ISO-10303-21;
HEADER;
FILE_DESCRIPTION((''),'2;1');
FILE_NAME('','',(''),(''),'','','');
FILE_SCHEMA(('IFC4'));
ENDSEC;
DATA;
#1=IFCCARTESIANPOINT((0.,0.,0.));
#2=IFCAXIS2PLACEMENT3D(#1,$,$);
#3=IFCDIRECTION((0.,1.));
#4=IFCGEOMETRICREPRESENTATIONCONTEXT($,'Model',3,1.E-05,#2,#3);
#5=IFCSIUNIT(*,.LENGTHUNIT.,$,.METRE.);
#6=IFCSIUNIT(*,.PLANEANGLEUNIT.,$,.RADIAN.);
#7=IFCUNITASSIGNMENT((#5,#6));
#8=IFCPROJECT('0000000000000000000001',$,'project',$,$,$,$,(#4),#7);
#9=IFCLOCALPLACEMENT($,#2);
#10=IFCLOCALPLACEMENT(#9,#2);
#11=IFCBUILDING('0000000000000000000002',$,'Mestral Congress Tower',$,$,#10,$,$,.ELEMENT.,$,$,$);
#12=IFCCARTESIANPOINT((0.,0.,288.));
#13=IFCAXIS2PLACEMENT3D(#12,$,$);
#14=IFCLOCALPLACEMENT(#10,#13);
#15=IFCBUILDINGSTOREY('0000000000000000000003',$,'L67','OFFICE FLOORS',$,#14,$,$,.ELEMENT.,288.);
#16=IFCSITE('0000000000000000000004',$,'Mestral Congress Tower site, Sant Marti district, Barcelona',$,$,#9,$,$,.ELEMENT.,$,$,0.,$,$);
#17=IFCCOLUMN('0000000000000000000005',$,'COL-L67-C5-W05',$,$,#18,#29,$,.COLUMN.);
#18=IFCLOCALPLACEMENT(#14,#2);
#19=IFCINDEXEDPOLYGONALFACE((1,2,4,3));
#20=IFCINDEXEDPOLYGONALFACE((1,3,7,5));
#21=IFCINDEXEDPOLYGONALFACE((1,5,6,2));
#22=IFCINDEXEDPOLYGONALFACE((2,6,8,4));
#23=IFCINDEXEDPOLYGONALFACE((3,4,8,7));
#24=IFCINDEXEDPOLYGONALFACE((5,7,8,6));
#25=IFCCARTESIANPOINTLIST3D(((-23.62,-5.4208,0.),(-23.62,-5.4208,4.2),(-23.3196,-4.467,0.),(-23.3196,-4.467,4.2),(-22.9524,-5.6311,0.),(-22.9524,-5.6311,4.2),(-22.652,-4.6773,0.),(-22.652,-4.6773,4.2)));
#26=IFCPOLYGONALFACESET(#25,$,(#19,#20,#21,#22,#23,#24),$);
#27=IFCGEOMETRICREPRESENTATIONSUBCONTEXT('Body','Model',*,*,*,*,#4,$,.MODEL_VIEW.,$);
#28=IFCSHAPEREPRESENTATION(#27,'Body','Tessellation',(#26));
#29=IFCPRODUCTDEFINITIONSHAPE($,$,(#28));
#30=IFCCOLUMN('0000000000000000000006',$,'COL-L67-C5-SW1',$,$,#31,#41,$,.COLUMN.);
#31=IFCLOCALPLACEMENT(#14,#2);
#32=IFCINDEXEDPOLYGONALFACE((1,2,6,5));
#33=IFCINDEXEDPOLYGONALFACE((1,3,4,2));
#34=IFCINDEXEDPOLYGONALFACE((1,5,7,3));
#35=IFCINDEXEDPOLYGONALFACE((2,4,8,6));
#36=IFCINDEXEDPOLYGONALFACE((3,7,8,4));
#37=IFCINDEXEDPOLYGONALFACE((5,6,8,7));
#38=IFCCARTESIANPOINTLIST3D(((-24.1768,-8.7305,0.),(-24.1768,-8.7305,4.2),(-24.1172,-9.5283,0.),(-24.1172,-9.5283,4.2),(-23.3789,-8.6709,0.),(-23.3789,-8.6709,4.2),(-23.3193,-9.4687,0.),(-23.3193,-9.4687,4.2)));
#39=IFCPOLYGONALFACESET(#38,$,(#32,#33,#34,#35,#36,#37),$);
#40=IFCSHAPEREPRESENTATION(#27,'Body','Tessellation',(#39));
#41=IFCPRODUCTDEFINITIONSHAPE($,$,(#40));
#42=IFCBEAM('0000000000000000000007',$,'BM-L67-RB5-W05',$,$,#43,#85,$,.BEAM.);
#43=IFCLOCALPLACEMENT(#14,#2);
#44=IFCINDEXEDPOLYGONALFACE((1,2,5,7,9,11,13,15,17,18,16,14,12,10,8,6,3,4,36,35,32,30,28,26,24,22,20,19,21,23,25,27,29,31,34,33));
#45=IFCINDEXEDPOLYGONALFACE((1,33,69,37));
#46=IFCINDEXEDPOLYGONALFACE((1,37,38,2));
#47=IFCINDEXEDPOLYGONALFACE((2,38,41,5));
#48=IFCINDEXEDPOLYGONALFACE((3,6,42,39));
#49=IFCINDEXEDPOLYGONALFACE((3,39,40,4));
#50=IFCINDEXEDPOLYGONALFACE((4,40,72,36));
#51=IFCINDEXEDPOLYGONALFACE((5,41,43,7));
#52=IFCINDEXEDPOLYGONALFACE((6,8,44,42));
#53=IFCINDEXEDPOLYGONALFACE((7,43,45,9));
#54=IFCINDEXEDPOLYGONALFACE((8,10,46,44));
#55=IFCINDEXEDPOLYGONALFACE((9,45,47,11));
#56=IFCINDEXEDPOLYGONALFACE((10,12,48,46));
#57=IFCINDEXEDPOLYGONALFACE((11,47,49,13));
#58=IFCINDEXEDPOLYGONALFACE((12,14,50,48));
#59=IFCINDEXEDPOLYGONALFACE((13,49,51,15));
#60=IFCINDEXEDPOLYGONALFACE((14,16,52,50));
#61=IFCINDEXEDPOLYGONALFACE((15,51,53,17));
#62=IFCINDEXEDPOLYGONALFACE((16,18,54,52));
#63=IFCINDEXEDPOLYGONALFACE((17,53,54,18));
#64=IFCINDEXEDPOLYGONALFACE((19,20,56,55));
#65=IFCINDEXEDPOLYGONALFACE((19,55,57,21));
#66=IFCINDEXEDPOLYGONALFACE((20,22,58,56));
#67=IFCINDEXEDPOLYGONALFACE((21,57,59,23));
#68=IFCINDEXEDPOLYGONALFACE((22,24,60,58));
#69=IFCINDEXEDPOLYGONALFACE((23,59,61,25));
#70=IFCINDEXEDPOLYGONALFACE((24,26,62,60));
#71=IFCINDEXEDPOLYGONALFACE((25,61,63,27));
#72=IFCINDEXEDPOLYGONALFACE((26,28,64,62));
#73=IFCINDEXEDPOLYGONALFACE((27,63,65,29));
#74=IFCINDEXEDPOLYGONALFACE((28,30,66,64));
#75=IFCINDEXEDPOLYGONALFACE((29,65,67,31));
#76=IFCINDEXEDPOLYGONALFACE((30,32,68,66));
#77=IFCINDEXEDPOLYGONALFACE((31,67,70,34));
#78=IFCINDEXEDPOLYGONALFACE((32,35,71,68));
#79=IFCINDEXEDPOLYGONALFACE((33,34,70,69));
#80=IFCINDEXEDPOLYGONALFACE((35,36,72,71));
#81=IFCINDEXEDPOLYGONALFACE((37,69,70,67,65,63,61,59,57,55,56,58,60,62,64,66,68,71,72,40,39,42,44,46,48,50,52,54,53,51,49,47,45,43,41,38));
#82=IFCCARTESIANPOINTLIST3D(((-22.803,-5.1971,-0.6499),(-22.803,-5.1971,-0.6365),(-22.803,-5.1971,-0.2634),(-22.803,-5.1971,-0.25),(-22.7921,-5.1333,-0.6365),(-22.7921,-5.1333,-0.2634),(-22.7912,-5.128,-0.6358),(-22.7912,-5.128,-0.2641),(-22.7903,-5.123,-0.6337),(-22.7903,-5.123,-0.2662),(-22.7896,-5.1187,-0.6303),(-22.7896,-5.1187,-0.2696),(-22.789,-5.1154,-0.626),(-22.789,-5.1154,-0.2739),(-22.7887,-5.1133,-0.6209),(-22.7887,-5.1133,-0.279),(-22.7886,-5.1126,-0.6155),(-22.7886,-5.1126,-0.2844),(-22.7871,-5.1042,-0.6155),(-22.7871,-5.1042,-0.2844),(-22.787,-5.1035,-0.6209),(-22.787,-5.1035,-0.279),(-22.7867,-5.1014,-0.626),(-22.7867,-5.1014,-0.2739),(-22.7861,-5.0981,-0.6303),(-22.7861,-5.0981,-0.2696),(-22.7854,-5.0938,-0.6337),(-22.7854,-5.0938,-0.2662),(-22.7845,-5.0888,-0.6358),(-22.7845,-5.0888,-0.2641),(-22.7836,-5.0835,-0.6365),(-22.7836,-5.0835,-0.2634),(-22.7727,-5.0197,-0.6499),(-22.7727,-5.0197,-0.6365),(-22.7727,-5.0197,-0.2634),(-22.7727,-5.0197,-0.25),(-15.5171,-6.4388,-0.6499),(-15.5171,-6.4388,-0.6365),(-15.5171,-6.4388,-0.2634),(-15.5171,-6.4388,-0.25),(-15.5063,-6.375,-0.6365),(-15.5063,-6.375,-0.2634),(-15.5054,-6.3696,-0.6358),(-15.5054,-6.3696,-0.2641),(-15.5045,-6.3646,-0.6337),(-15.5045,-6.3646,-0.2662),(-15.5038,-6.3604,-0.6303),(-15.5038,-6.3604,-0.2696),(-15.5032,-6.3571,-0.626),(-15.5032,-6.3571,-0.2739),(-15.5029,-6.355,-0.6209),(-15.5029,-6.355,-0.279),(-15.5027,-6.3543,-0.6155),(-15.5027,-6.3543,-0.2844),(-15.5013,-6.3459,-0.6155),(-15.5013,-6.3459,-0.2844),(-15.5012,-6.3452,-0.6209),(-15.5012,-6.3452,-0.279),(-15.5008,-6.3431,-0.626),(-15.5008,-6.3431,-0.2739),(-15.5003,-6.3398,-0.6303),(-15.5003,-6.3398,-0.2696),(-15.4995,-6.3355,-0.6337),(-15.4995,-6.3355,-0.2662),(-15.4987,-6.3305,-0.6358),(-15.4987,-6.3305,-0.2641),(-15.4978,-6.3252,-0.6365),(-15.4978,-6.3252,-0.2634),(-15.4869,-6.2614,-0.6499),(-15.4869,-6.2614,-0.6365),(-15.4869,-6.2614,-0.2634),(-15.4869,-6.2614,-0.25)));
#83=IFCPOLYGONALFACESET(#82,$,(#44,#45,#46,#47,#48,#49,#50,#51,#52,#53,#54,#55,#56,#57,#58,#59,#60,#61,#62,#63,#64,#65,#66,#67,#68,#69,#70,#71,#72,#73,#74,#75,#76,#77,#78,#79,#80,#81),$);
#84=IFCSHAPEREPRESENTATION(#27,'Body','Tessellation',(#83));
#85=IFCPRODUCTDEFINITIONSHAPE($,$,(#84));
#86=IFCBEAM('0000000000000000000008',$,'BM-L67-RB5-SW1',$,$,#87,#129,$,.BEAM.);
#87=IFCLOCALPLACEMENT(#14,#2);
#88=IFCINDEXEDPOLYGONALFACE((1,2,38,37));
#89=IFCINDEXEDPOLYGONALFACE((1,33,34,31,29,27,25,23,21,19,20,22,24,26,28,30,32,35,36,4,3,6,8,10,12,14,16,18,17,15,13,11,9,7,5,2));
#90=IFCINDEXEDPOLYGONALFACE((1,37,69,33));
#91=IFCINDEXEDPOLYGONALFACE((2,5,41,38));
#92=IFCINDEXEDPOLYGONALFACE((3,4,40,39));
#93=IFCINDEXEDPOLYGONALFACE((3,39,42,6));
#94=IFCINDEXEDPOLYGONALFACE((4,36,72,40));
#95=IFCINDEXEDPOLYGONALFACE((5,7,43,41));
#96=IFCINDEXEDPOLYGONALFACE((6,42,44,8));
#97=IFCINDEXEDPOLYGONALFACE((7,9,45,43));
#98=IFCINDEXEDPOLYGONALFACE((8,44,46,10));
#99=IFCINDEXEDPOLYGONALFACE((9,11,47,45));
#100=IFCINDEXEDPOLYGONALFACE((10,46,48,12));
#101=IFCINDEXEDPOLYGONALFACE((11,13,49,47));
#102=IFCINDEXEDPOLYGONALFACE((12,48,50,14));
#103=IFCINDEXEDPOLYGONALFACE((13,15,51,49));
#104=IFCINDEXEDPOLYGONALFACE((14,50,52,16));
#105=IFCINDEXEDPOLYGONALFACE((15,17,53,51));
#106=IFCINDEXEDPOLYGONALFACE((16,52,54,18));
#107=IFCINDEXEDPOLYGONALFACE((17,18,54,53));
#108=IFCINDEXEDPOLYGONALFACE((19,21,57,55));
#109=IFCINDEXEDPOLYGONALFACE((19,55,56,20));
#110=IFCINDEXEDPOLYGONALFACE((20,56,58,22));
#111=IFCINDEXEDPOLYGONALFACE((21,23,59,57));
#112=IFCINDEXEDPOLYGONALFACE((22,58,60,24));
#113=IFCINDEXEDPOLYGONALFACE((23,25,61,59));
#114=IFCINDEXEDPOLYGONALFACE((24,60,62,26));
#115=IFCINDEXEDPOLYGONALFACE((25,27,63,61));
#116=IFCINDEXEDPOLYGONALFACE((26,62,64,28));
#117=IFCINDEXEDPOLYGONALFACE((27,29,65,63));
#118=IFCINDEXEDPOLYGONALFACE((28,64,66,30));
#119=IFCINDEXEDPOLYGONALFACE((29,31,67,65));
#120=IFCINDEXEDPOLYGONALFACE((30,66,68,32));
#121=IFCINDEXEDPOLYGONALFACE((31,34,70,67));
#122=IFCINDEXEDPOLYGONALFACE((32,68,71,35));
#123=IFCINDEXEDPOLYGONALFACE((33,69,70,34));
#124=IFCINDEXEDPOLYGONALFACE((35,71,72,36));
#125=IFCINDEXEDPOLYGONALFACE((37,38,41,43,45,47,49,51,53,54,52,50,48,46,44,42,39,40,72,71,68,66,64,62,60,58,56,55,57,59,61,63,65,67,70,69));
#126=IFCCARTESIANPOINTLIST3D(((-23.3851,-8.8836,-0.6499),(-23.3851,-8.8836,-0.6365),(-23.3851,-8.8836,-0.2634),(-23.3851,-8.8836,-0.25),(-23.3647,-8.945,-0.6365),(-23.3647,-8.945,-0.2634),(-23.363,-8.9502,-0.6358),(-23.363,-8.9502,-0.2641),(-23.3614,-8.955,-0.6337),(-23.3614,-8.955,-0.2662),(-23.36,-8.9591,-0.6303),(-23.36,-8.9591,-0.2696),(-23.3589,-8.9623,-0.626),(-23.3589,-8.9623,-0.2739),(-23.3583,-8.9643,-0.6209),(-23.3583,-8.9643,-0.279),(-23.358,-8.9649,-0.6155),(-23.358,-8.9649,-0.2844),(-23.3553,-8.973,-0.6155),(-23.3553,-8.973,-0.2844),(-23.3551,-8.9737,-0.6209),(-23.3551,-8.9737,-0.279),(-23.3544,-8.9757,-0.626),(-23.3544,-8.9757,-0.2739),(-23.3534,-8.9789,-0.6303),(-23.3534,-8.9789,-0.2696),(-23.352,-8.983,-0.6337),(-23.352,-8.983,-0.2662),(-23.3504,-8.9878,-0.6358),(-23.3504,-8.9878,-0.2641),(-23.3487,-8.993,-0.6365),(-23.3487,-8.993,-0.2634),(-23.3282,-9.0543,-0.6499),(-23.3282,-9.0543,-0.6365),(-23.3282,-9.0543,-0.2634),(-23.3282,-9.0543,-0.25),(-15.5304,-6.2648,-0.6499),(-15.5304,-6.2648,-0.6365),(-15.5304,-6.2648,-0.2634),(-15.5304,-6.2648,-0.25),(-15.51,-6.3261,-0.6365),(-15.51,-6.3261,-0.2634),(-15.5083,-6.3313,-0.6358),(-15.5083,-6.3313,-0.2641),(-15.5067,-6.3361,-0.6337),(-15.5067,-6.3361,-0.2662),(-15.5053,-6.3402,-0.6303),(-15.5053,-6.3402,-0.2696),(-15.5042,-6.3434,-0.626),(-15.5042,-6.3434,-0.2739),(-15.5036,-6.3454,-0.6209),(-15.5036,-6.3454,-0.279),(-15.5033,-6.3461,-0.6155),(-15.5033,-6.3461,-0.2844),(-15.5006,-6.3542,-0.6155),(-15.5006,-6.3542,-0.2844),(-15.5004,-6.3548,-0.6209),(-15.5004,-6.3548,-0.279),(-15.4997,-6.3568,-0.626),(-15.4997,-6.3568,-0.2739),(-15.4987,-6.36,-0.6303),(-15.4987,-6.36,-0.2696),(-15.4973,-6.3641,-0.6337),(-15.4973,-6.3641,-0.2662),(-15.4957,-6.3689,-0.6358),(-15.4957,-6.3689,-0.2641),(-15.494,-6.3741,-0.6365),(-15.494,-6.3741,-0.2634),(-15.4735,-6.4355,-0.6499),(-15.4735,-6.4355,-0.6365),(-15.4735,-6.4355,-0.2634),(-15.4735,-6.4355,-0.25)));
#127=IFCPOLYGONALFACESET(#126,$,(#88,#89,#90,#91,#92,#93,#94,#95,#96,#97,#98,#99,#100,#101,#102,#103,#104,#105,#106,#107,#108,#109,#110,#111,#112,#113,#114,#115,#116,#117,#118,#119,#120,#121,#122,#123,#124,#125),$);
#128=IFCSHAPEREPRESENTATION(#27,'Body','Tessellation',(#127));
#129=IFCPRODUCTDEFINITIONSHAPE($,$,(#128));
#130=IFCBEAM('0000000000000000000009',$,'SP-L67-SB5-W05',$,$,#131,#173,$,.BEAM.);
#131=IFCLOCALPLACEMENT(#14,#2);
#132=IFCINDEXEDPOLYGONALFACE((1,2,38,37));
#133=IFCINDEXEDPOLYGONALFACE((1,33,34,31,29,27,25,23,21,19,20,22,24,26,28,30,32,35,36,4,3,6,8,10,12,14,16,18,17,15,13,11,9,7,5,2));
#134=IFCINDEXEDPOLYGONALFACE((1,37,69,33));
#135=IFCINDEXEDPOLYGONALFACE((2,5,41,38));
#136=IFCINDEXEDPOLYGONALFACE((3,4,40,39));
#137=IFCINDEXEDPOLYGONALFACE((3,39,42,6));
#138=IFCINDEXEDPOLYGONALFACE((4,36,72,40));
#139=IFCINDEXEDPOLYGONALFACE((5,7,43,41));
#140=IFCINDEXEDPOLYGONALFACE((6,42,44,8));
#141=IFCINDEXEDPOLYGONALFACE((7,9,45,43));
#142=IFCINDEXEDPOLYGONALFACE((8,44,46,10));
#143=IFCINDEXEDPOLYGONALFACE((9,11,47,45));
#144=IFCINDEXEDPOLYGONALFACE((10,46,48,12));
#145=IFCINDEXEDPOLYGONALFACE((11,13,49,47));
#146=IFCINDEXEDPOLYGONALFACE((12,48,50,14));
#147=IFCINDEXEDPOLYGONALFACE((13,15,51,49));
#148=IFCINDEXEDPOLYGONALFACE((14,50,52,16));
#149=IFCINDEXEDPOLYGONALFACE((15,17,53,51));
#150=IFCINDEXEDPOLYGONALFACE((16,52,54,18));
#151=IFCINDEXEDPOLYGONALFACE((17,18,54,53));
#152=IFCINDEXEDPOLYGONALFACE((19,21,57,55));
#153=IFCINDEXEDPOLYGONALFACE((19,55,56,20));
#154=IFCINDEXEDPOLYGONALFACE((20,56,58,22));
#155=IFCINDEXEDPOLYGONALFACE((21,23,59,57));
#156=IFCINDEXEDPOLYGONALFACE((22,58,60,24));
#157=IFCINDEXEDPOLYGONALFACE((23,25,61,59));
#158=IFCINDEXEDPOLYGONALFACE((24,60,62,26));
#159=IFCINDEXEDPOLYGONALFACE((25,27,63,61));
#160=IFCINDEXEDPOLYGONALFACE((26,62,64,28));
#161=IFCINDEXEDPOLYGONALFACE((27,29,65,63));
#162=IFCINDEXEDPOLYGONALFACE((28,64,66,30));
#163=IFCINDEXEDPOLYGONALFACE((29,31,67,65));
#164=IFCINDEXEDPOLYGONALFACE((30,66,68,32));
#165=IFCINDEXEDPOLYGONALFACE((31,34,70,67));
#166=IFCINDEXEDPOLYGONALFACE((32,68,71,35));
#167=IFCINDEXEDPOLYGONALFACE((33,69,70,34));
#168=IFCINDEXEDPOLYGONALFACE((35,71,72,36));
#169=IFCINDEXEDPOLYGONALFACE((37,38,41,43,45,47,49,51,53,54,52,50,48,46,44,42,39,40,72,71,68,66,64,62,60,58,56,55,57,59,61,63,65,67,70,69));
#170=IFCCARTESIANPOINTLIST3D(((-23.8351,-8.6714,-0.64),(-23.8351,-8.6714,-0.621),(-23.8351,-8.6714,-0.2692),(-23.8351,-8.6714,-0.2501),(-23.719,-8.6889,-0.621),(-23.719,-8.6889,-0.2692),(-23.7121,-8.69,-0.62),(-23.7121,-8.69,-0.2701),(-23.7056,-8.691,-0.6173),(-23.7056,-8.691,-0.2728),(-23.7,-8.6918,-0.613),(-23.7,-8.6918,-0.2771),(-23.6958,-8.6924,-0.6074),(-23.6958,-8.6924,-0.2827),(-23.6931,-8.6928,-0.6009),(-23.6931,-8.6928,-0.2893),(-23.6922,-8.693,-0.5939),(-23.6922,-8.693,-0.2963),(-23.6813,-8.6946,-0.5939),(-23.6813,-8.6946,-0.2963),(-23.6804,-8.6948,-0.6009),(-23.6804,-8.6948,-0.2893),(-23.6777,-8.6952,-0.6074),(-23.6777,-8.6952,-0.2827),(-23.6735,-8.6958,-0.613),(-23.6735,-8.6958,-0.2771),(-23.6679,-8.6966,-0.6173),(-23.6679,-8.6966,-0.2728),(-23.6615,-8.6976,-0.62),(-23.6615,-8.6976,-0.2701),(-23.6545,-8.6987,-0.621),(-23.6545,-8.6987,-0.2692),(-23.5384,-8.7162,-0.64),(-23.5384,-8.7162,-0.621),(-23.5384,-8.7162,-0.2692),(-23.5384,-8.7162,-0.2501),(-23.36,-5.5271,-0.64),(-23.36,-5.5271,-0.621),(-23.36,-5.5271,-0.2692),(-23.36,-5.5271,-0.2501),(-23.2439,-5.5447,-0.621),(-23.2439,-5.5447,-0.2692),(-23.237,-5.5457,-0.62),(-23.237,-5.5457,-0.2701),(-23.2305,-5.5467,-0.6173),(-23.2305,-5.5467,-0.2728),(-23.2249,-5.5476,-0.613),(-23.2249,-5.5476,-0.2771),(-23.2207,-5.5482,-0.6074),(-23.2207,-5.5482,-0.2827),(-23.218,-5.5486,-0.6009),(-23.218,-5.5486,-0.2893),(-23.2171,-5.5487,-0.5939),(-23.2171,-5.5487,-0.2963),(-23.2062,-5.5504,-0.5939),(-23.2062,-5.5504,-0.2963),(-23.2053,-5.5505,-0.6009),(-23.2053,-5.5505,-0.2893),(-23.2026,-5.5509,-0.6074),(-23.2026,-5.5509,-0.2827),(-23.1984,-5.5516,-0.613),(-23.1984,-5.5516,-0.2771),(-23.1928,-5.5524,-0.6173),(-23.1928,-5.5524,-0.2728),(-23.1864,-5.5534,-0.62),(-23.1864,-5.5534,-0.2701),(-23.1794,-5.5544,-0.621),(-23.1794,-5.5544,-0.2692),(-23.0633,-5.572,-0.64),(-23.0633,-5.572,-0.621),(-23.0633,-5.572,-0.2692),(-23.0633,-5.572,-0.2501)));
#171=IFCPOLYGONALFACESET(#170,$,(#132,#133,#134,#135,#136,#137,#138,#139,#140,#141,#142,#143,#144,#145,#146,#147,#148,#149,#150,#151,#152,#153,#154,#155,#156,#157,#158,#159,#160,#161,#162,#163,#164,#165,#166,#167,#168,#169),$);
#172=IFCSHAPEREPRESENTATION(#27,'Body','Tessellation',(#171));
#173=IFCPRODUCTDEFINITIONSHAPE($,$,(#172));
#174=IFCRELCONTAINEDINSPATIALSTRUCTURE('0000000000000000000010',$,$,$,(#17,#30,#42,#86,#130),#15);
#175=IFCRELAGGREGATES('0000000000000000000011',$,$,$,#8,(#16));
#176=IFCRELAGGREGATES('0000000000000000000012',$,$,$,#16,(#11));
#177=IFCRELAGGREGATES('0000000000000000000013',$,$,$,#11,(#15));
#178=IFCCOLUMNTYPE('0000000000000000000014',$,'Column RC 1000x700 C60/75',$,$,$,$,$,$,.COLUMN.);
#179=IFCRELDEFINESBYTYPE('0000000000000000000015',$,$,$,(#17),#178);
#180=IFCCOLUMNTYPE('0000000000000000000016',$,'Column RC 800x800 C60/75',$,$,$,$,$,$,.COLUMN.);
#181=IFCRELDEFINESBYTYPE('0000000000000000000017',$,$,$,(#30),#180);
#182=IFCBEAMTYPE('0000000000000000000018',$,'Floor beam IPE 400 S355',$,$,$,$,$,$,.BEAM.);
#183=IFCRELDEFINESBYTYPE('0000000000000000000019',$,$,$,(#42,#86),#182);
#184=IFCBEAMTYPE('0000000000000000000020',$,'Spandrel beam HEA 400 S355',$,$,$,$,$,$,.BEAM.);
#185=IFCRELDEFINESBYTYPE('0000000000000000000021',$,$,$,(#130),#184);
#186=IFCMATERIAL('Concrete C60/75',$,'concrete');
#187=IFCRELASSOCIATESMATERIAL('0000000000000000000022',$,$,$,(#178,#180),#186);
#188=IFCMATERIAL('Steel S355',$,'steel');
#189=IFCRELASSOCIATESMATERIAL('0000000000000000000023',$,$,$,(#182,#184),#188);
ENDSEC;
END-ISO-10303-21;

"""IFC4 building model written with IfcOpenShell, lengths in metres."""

from ifc_helpers import new_model, si_unit, direction, frame, origin, origin_2d, place, context, subcontext, project, spatial, rectangle, i_section, extrude, material, material_profile, profile_set, type_object, element, save


model = new_model("IFC4")

# Units and contexts
model_context = context("Model", 3, precision=1e-05, world=origin(), true_north=direction((0.0, 1.0)))
body_context = subcontext(model_context, "Body", "Model", "MODEL_VIEW")
ifc_project = project(units=[si_unit("LENGTHUNIT", "METRE"), si_unit("PLANEANGLEUNIT", "RADIAN")], contexts=[model_context])

# Site, building, storey
site_placement = place(None, origin())
site = spatial("IfcSite", under=ifc_project, at=site_placement, Name="Mestral Congress Tower site, Sant Marti district, Barcelona", CompositionType="ELEMENT", RefElevation=0.0)
building_placement = place(site_placement, origin())
building = spatial("IfcBuilding", under=site, at=building_placement, Name="Mestral Congress Tower", CompositionType="ELEMENT")
storey_placement = place(building_placement, frame((0.0, 0.0, 288.0)))
storey = spatial("IfcBuildingStorey", under=building, at=storey_placement, Name="L67", Description="OFFICE FLOORS", CompositionType="ELEMENT", Elevation=288.0)

# Columns
ifc_material_1 = material(Name="Concrete C60/75", Category="concrete")
ifc_material_profile_1 = material_profile(ifc_material_1, rectangle(XDim=1.0, YDim=0.7, at=origin_2d()), Name="RC 1000x700")
ifc_profile_set_1 = profile_set([ifc_material_profile_1], Name="Concrete C60/75")
column_type_1 = type_object("IfcColumnType", Name="Column RC 1000x700 C60/75", PredefinedType="COLUMN", material=ifc_profile_set_1)
column_1_placement = place(storey_placement, frame((-23.136, -5.0491, 0.0), z_axis=(0.0, 0.0, 1.0), x_axis=(-0.300431, -0.953804, 0.0)))
element("IfcColumn", 1, at=column_1_placement, inside=storey, type_object=column_type_1, Name="COL-L67-C5-W05", PredefinedType="COLUMN", context=body_context, shape_type="SweptSolid", body=[
    extrude(rectangle(XDim=1.0, YDim=0.7, at=origin_2d()), origin(), (0.0, 0.0, 1.0), 4.2),
])
ifc_material_profile_2 = material_profile(ifc_material_1, rectangle(XDim=0.8, YDim=0.8, at=origin_2d()), Name="RC 800x800")
ifc_profile_set_2 = profile_set([ifc_material_profile_2], Name="Concrete C60/75")
column_type_2 = type_object("IfcColumnType", Name="Column RC 800x800 C60/75", PredefinedType="COLUMN", material=ifc_profile_set_2)
column_2_placement = place(storey_placement, frame((-23.748, -9.0996, 0.0), z_axis=(0.0, 0.0, 1.0), x_axis=(0.074511, -0.99722, 0.0)))
element("IfcColumn", 2, at=column_2_placement, inside=storey, type_object=column_type_2, Name="COL-L67-C5-SW1", PredefinedType="COLUMN", context=body_context, shape_type="SweptSolid", body=[
    extrude(rectangle(XDim=0.8, YDim=0.8, at=origin_2d()), origin(), (0.0, 0.0, 1.0), 4.2),
])

# Beams
ifc_material_2 = material(Name="Steel S355", Category="steel")
ifc_material_profile_3 = material_profile(ifc_material_2, i_section(OverallWidth=0.1799, OverallDepth=0.3999, WebThickness=0.0085, FlangeThickness=0.0134, FilletRadius=0.021, at=origin_2d()), Name="IPE 400")
ifc_profile_set_3 = profile_set([ifc_material_profile_3], Name="Steel S355")
beam_type_1 = type_object("IfcBeamType", Name="Floor beam IPE 400 S355", PredefinedType="BEAM", material=ifc_profile_set_3)
beam_1_placement = place(storey_placement, frame((-22.7878, -5.1084, -0.45), z_axis=(0.985787, -0.168003, 0.0), x_axis=(0.168003, 0.985787, 0.0)))
element("IfcBeam", 3, at=beam_1_placement, inside=storey, type_object=beam_type_1, Name="BM-L67-RB5-W05", PredefinedType="BEAM", context=body_context, shape_type="SweptSolid", body=[
    extrude(i_section(OverallWidth=0.1799, OverallDepth=0.3999, WebThickness=0.0085, FlangeThickness=0.0134, FilletRadius=0.021, at=origin_2d()), origin(), (0.0, 0.0, 1.0), 7.3909),
])
beam_2_placement = place(storey_placement, frame((-23.3567, -8.969, -0.45), z_axis=(0.94866, 0.316299, 0.0), x_axis=(-0.316299, 0.94866, 0.0)))
element("IfcBeam", 4, at=beam_2_placement, inside=storey, type_object=beam_type_1, Name="BM-L67-RB5-SW1", PredefinedType="BEAM", context=body_context, shape_type="SweptSolid", body=[
    extrude(i_section(OverallWidth=0.1799, OverallDepth=0.3999, WebThickness=0.0085, FlangeThickness=0.0134, FilletRadius=0.021, at=origin_2d()), origin(), (0.0, 0.0, 1.0), 8.2798),
])
ifc_material_profile_4 = material_profile(ifc_material_2, i_section(OverallWidth=0.3, OverallDepth=0.3899, WebThickness=0.011, FlangeThickness=0.019, FilletRadius=0.0271, at=origin_2d()), Name="HEA 400")
ifc_profile_set_4 = profile_set([ifc_material_profile_4], Name="Steel S355")
beam_type_2 = type_object("IfcBeamType", Name="Spandrel beam HEA 400 S355", PredefinedType="BEAM", material=ifc_profile_set_4)
beam_3_placement = place(storey_placement, frame((-23.2117, -5.5496, -0.4451), z_axis=(-0.149403, -0.988776, 0.0), x_axis=(0.988776, -0.149403, 0.0)))
element("IfcBeam", 5, at=beam_3_placement, inside=storey, type_object=beam_type_2, Name="SP-L67-SB5-W05", PredefinedType="BEAM", context=body_context, shape_type="SweptSolid", body=[
    extrude(i_section(OverallWidth=0.3, OverallDepth=0.3899, WebThickness=0.011, FlangeThickness=0.019, FilletRadius=0.0271, at=origin_2d()), origin(), (0.0, 0.0, 1.0), 3.1799),
])

save(model, "model.ifc")
